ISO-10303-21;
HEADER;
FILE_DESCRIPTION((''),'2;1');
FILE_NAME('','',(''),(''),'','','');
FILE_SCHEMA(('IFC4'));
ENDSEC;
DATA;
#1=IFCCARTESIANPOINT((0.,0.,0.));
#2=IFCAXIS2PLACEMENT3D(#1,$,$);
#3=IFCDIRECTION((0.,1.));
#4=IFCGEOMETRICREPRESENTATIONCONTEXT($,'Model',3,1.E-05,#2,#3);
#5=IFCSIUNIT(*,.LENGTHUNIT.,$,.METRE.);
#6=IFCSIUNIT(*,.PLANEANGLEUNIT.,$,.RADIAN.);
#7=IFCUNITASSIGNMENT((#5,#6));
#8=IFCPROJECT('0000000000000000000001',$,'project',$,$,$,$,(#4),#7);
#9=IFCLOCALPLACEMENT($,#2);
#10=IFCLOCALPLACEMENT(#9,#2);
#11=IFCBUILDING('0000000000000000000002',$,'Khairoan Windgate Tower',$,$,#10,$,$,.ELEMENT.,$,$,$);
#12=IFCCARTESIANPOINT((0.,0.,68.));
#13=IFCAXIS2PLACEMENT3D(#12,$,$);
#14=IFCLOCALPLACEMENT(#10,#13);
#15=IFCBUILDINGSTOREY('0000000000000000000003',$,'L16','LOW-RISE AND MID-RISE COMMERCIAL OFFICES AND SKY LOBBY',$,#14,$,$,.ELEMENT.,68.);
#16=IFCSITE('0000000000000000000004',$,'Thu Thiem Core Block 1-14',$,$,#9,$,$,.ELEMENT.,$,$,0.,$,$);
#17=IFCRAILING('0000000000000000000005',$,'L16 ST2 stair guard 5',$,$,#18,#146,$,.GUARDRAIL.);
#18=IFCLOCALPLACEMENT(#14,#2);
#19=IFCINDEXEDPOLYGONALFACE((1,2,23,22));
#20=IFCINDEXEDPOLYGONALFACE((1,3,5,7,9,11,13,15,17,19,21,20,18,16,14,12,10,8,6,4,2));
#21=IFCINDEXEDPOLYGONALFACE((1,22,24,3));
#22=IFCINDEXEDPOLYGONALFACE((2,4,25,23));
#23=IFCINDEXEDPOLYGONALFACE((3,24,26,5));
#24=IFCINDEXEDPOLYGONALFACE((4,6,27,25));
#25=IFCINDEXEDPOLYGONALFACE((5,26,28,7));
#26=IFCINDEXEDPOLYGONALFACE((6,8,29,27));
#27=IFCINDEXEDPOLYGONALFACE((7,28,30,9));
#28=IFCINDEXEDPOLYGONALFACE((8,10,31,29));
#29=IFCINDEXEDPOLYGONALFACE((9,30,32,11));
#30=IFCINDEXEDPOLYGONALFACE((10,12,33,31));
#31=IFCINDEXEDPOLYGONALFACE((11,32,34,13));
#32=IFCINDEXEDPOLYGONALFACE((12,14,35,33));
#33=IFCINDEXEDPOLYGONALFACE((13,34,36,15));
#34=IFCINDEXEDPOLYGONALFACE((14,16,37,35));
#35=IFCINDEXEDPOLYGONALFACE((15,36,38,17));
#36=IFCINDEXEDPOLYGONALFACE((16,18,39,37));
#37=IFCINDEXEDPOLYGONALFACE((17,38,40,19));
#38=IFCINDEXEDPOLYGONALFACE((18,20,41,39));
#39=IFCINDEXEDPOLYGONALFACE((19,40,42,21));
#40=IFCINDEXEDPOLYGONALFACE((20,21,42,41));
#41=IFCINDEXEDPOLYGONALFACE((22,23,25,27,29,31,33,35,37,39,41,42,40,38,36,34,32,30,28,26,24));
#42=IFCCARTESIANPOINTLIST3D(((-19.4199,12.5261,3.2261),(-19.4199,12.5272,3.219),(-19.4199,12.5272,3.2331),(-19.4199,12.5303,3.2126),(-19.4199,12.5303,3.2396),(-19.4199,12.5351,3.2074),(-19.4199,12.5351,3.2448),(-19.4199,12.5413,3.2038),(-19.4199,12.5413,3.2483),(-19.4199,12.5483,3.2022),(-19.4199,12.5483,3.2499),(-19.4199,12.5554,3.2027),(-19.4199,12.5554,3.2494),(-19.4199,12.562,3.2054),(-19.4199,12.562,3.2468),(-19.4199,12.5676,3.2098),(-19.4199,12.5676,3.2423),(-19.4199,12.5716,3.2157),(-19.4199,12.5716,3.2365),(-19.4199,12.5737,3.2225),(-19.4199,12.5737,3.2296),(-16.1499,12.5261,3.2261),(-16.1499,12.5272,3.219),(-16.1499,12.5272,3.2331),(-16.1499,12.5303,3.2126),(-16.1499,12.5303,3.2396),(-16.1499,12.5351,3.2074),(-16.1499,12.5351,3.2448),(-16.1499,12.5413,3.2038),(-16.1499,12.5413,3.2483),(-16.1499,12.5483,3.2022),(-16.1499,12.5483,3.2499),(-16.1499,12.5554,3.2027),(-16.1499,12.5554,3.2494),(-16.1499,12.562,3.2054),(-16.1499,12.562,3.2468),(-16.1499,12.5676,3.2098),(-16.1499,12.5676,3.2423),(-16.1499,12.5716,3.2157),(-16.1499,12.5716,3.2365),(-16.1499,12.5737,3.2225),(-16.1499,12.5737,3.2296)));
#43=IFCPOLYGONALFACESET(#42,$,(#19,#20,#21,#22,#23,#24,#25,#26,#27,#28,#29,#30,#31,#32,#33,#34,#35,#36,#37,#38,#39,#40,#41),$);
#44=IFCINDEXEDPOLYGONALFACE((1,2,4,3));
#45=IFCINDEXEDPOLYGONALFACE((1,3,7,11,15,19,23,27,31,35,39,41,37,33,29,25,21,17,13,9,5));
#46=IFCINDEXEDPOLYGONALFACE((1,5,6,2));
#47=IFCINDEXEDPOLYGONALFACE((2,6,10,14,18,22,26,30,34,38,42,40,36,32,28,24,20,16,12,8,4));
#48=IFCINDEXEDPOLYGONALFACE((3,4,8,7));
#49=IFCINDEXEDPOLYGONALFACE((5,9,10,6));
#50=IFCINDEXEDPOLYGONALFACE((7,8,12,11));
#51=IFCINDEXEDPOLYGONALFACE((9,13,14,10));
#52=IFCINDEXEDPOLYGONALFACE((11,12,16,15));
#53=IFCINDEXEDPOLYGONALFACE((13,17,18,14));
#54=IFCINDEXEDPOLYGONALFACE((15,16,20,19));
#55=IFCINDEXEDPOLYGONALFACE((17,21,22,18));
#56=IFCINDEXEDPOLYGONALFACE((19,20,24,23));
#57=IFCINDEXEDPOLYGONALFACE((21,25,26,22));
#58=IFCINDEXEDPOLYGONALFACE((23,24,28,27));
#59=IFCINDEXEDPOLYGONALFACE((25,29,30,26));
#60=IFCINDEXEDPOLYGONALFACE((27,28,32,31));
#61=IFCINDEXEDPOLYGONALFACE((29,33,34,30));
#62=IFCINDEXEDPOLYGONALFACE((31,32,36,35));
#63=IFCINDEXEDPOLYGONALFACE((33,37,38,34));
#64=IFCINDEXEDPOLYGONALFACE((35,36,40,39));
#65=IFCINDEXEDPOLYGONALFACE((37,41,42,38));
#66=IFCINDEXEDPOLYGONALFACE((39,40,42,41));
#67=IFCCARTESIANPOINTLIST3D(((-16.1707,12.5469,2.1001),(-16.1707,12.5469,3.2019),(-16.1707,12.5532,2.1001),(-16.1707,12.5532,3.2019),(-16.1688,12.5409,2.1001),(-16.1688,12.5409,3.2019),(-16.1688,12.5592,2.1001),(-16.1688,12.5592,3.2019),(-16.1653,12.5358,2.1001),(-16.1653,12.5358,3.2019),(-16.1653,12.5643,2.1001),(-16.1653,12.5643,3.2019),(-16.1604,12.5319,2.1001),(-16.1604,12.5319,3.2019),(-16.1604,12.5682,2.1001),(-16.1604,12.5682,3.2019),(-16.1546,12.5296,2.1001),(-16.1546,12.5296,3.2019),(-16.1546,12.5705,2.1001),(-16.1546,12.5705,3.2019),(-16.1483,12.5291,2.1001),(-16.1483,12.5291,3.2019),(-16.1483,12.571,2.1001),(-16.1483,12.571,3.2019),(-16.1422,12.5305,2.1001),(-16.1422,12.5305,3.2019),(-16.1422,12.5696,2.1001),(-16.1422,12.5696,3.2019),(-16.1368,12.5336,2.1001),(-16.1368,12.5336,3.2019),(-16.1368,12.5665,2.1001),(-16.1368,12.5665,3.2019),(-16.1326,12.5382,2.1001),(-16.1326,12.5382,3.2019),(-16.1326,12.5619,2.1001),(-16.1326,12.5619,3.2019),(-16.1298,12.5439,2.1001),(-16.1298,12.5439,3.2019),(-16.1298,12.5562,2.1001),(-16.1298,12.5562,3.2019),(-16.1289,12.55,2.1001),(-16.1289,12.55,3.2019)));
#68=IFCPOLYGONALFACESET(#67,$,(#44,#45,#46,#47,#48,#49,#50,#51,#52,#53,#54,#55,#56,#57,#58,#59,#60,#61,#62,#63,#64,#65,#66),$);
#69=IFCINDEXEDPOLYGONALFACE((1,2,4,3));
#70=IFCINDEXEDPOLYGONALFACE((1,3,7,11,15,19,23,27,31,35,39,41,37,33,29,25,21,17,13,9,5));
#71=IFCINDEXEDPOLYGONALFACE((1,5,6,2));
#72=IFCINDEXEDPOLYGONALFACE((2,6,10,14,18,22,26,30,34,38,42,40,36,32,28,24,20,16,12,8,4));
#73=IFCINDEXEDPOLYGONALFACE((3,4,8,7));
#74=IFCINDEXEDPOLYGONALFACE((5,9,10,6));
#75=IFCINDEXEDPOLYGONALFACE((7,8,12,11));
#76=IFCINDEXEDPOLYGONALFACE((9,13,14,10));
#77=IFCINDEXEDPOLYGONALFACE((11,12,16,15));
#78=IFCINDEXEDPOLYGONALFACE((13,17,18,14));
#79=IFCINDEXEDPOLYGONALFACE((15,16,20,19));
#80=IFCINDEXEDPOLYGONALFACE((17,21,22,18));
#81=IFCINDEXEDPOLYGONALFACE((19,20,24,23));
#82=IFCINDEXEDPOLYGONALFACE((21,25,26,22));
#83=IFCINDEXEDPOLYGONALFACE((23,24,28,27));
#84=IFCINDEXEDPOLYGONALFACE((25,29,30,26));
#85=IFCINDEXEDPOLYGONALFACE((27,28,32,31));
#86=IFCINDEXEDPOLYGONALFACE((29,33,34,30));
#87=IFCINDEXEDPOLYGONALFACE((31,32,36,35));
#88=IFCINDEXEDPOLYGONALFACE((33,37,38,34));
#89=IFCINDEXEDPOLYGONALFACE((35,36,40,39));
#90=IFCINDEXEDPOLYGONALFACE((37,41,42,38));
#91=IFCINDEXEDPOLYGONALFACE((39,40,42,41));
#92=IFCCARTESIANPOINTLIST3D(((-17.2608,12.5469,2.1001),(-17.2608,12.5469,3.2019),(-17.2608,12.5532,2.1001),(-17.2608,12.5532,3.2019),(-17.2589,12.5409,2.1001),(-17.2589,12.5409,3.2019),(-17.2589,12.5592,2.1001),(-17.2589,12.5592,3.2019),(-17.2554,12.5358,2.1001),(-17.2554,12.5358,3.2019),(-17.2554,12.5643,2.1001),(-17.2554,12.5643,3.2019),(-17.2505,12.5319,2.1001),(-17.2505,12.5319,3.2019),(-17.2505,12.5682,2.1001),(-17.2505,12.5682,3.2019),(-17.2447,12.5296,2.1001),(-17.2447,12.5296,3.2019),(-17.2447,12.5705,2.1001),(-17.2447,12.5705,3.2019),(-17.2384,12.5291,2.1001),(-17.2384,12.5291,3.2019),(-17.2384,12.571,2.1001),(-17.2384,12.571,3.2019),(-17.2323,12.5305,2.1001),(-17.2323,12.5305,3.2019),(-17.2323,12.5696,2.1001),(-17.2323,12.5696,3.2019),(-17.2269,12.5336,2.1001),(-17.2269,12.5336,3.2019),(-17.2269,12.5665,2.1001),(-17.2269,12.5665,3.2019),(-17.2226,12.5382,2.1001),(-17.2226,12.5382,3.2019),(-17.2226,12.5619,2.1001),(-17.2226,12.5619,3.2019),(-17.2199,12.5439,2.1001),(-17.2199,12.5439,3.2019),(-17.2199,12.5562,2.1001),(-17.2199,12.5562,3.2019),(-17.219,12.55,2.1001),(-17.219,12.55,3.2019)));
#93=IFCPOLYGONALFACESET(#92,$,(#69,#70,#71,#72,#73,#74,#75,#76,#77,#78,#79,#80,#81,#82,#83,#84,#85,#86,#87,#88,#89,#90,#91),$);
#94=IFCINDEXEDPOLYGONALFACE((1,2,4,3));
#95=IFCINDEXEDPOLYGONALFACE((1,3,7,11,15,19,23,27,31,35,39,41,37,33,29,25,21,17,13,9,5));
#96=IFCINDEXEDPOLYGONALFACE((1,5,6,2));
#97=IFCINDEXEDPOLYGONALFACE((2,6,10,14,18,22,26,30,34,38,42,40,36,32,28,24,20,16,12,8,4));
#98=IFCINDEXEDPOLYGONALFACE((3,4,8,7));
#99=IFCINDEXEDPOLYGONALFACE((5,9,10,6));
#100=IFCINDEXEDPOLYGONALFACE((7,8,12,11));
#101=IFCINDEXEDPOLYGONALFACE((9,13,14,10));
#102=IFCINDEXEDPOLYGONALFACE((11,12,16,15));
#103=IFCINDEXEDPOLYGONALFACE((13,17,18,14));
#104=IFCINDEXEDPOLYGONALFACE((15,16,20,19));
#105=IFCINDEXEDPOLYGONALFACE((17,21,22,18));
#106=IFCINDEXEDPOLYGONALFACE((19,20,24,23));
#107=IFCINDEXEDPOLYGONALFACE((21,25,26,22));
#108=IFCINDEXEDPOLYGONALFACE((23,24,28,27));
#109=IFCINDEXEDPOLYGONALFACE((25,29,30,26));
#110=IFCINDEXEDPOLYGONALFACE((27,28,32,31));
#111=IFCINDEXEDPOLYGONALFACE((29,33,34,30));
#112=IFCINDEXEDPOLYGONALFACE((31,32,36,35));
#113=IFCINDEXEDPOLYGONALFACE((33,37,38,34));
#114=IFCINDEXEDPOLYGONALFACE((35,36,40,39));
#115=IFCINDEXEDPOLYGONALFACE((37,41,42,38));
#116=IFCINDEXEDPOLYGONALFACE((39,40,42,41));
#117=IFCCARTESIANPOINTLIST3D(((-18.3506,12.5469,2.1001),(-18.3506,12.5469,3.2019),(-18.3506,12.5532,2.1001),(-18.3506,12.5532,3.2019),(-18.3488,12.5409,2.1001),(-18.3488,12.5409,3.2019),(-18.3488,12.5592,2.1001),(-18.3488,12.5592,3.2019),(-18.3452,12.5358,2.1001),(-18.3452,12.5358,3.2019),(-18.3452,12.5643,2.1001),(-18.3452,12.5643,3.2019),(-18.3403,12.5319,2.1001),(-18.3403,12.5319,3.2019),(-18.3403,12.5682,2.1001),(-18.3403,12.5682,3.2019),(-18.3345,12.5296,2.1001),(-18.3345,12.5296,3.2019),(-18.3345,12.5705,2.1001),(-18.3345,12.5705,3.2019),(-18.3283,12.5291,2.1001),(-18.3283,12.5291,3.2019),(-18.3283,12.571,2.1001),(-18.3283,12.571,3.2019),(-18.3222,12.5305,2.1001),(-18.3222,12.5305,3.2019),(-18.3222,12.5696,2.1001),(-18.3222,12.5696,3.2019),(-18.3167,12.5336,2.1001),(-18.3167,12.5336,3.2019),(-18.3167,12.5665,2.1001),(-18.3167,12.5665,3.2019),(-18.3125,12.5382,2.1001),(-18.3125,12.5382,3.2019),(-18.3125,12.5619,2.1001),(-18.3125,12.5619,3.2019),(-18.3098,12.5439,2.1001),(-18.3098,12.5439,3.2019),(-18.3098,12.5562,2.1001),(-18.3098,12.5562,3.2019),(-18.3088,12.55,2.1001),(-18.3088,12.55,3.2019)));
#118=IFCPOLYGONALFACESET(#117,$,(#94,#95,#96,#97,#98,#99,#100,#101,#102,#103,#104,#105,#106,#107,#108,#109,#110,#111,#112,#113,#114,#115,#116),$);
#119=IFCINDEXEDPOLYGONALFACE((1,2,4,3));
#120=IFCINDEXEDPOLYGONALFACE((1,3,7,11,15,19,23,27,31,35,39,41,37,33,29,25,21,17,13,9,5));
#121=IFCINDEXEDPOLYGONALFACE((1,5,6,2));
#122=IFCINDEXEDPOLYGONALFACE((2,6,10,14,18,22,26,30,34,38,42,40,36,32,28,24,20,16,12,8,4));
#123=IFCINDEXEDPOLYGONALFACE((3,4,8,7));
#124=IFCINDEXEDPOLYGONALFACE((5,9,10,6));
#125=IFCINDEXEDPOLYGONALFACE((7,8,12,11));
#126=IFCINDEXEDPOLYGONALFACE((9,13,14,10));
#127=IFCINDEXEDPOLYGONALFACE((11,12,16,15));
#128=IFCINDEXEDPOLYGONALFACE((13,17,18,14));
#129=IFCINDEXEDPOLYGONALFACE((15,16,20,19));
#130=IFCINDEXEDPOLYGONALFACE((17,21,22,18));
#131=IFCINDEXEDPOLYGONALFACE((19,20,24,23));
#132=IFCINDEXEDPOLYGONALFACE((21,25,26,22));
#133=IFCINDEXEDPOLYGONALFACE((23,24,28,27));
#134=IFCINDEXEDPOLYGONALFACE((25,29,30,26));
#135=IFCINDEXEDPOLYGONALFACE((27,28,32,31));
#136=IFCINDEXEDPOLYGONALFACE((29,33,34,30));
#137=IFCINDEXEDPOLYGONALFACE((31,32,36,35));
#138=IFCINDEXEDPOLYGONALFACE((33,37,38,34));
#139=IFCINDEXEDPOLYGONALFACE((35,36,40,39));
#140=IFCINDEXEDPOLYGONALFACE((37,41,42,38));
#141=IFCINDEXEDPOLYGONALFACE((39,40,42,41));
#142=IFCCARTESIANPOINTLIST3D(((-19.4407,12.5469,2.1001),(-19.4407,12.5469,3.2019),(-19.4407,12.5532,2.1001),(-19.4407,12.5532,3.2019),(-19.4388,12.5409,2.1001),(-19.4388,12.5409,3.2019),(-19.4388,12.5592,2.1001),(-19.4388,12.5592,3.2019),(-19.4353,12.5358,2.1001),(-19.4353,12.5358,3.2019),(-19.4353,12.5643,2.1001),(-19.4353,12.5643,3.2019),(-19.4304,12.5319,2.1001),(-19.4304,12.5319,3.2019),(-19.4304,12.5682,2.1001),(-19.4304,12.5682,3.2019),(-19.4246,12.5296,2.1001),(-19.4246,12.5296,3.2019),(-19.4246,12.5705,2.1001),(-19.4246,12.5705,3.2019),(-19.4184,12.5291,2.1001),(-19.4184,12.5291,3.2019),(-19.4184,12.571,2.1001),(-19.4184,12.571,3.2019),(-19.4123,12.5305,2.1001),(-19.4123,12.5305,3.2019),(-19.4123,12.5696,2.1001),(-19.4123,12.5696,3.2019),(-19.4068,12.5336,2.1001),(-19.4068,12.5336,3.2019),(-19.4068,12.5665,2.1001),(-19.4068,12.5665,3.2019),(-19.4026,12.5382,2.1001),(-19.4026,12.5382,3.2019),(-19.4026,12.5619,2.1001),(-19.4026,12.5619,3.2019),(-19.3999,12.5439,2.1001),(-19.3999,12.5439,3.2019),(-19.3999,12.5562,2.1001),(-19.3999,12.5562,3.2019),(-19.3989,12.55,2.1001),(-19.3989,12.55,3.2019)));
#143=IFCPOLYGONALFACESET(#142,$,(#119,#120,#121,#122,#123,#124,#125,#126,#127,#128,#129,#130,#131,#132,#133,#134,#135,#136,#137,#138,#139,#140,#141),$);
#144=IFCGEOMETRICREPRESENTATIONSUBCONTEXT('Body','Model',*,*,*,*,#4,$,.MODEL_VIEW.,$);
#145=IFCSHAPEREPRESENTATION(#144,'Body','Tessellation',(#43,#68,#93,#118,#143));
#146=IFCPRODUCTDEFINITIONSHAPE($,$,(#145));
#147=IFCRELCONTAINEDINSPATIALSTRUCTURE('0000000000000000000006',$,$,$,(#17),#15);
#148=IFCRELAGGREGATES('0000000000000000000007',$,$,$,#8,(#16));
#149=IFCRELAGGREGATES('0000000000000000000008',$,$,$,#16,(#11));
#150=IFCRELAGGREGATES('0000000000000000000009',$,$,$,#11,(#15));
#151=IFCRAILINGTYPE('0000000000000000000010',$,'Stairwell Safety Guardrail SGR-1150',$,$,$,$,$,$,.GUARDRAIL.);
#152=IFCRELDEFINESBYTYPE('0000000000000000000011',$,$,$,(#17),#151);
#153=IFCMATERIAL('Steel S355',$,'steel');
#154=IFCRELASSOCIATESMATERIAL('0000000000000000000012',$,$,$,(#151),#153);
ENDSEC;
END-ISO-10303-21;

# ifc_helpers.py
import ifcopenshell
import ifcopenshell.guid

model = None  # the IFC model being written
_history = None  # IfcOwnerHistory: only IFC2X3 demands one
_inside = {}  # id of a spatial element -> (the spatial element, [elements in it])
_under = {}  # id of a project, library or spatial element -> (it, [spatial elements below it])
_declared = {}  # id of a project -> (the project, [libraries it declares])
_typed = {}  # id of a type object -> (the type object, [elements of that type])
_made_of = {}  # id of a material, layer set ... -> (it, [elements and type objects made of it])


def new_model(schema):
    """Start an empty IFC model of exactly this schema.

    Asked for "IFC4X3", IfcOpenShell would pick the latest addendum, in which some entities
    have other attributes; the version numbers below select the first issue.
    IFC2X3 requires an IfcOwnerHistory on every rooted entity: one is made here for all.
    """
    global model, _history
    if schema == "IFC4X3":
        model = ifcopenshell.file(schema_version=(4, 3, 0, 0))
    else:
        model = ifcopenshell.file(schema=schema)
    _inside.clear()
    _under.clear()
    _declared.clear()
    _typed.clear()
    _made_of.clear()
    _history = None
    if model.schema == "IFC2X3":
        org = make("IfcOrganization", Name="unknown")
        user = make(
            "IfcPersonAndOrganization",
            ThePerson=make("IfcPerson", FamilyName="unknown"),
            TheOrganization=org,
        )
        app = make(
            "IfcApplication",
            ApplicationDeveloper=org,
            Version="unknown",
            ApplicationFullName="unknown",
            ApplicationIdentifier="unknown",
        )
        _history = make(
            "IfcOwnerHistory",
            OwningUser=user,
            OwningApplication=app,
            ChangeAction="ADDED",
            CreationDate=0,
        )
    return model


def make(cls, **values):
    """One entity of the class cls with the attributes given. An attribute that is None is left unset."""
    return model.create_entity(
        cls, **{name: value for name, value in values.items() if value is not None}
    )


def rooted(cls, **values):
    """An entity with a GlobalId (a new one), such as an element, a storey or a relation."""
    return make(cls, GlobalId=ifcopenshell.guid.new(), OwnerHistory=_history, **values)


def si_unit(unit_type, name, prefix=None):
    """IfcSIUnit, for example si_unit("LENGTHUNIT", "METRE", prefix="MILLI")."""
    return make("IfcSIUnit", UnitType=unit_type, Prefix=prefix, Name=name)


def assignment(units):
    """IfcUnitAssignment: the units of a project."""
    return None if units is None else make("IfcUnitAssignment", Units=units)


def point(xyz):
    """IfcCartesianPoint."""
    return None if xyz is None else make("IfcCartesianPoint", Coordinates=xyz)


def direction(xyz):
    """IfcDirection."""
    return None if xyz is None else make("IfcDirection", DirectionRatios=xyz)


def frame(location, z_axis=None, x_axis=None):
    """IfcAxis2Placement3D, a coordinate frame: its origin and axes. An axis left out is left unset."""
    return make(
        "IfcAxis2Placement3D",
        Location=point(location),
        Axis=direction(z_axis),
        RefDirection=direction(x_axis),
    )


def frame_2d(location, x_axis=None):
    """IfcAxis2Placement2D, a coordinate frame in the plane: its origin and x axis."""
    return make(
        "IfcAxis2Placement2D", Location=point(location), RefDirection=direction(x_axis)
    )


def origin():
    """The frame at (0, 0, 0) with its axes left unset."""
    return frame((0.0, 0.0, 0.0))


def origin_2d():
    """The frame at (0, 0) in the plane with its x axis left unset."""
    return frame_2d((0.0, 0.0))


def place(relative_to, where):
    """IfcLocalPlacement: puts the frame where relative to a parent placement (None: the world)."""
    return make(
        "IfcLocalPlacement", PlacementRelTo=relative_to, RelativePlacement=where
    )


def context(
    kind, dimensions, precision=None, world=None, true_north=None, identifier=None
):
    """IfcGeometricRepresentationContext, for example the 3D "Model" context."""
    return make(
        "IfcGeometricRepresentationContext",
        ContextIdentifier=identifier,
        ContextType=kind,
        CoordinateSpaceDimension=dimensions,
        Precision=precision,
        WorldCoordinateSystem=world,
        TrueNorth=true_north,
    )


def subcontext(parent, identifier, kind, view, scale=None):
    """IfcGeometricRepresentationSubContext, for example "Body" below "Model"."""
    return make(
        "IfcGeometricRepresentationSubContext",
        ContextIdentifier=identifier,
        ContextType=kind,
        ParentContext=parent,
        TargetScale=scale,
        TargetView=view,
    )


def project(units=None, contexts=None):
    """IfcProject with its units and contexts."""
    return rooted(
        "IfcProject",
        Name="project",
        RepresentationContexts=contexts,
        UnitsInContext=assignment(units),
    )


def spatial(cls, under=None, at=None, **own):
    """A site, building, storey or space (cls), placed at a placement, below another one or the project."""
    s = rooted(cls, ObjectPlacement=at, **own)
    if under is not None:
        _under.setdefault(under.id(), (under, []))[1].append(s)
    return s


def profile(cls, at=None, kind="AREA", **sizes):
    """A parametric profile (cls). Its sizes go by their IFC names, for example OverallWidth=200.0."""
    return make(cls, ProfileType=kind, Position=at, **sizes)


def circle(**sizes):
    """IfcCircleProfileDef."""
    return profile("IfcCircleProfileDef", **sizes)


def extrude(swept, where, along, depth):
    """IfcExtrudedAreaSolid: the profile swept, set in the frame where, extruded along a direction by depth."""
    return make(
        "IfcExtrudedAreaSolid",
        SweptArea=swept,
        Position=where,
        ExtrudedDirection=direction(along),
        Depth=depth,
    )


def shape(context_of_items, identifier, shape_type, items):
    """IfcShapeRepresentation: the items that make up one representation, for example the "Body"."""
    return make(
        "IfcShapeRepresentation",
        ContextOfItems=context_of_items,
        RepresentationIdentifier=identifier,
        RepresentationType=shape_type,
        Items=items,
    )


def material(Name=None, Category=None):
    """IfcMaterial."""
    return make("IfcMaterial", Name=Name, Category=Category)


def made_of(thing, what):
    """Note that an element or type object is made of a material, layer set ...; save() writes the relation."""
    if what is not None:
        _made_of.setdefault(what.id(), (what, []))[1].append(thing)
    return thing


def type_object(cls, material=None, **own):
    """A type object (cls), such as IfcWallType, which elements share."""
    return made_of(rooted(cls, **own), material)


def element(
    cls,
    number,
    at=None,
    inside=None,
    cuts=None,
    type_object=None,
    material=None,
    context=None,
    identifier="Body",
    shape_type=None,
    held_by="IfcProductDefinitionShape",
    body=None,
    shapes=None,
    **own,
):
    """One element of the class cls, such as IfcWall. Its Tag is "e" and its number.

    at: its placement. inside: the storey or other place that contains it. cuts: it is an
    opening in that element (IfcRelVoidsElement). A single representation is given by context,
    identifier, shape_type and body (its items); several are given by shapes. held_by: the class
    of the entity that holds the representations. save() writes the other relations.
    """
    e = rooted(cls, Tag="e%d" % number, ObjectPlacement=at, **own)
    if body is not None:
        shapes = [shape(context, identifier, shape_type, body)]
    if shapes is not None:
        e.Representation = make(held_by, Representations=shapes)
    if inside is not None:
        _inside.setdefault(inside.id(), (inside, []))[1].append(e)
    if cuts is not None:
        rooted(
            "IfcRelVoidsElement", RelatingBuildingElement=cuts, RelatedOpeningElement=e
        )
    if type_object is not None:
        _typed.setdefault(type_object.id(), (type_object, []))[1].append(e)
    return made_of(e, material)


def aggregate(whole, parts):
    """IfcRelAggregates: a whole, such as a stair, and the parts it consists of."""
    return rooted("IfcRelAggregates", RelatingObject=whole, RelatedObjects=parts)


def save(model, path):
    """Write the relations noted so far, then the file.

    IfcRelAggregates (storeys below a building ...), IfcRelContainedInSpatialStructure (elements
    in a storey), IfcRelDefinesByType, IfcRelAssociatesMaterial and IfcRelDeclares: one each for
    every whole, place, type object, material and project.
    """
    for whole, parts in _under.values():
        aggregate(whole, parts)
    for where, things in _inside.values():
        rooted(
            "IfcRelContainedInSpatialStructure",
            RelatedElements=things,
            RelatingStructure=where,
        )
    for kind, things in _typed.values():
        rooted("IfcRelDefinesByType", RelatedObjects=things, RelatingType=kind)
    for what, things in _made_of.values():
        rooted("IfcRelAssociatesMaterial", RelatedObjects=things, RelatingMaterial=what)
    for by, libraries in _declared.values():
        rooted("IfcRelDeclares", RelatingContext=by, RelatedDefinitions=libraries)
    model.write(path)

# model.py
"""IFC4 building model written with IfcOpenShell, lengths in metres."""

from ifc_helpers import new_model, si_unit, direction, frame, origin, origin_2d, place, context, subcontext, project, spatial, circle, extrude, material, type_object, element, save


model = new_model("IFC4")

# Units and contexts
model_context = context("Model", 3, precision=1e-05, world=origin(), true_north=direction((0.0, 1.0)))
body_context = subcontext(model_context, "Body", "Model", "MODEL_VIEW")
ifc_project = project(units=[si_unit("LENGTHUNIT", "METRE"), si_unit("PLANEANGLEUNIT", "RADIAN")], contexts=[model_context])

# Site, building, storey
site_placement = place(None, origin())
site = spatial("IfcSite", under=ifc_project, at=site_placement, Name="Thu Thiem Core Block 1-14", CompositionType="ELEMENT", RefElevation=0.0)
building_placement = place(site_placement, origin())
building = spatial("IfcBuilding", under=site, at=building_placement, Name="Khairoan Windgate Tower", CompositionType="ELEMENT")
storey_placement = place(building_placement, frame((0.0, 0.0, 68.0)))
storey = spatial("IfcBuildingStorey", under=building, at=storey_placement, Name="L16", Description="LOW-RISE AND MID-RISE COMMERCIAL OFFICES AND SKY LOBBY", CompositionType="ELEMENT", Elevation=68.0)

# Railing
ifc_material_1 = material(Name="Steel S355", Category="steel")
railing_type = type_object("IfcRailingType", Name="Stairwell Safety Guardrail SGR-1150", PredefinedType="GUARDRAIL", material=ifc_material_1)
railing_1_placement = place(storey_placement, frame((-16.1499, 12.55, 2.1001)))
element("IfcRailing", 1, at=railing_1_placement, inside=storey, type_object=railing_type, Name="L16 ST2 stair guard 5", PredefinedType="GUARDRAIL", context=body_context, shape_type="SweptSolid", body=[
    extrude(circle(Radius=0.0239, at=origin_2d()), frame((0.0, 0.0, 1.126), z_axis=(-1.0, 0.0, 0.0), x_axis=(0.0, -1.0, 0.0)), (0.0, 0.0, 1.0), 3.27),
    extrude(circle(Radius=0.021, at=origin_2d()), origin(), (0.0, 0.0, 1.0), 1.1018),
    extrude(circle(Radius=0.021, at=origin_2d()), frame((-1.0901, 0.0, 0.0)), (0.0, 0.0, 1.0), 1.1018),
    extrude(circle(Radius=0.021, at=origin_2d()), frame((-2.1799, 0.0, 0.0)), (0.0, 0.0, 1.0), 1.1018),
    extrude(circle(Radius=0.021, at=origin_2d()), frame((-3.27, 0.0, 0.0)), (0.0, 0.0, 1.0), 1.1018),
])

save(model, "model.ifc")
